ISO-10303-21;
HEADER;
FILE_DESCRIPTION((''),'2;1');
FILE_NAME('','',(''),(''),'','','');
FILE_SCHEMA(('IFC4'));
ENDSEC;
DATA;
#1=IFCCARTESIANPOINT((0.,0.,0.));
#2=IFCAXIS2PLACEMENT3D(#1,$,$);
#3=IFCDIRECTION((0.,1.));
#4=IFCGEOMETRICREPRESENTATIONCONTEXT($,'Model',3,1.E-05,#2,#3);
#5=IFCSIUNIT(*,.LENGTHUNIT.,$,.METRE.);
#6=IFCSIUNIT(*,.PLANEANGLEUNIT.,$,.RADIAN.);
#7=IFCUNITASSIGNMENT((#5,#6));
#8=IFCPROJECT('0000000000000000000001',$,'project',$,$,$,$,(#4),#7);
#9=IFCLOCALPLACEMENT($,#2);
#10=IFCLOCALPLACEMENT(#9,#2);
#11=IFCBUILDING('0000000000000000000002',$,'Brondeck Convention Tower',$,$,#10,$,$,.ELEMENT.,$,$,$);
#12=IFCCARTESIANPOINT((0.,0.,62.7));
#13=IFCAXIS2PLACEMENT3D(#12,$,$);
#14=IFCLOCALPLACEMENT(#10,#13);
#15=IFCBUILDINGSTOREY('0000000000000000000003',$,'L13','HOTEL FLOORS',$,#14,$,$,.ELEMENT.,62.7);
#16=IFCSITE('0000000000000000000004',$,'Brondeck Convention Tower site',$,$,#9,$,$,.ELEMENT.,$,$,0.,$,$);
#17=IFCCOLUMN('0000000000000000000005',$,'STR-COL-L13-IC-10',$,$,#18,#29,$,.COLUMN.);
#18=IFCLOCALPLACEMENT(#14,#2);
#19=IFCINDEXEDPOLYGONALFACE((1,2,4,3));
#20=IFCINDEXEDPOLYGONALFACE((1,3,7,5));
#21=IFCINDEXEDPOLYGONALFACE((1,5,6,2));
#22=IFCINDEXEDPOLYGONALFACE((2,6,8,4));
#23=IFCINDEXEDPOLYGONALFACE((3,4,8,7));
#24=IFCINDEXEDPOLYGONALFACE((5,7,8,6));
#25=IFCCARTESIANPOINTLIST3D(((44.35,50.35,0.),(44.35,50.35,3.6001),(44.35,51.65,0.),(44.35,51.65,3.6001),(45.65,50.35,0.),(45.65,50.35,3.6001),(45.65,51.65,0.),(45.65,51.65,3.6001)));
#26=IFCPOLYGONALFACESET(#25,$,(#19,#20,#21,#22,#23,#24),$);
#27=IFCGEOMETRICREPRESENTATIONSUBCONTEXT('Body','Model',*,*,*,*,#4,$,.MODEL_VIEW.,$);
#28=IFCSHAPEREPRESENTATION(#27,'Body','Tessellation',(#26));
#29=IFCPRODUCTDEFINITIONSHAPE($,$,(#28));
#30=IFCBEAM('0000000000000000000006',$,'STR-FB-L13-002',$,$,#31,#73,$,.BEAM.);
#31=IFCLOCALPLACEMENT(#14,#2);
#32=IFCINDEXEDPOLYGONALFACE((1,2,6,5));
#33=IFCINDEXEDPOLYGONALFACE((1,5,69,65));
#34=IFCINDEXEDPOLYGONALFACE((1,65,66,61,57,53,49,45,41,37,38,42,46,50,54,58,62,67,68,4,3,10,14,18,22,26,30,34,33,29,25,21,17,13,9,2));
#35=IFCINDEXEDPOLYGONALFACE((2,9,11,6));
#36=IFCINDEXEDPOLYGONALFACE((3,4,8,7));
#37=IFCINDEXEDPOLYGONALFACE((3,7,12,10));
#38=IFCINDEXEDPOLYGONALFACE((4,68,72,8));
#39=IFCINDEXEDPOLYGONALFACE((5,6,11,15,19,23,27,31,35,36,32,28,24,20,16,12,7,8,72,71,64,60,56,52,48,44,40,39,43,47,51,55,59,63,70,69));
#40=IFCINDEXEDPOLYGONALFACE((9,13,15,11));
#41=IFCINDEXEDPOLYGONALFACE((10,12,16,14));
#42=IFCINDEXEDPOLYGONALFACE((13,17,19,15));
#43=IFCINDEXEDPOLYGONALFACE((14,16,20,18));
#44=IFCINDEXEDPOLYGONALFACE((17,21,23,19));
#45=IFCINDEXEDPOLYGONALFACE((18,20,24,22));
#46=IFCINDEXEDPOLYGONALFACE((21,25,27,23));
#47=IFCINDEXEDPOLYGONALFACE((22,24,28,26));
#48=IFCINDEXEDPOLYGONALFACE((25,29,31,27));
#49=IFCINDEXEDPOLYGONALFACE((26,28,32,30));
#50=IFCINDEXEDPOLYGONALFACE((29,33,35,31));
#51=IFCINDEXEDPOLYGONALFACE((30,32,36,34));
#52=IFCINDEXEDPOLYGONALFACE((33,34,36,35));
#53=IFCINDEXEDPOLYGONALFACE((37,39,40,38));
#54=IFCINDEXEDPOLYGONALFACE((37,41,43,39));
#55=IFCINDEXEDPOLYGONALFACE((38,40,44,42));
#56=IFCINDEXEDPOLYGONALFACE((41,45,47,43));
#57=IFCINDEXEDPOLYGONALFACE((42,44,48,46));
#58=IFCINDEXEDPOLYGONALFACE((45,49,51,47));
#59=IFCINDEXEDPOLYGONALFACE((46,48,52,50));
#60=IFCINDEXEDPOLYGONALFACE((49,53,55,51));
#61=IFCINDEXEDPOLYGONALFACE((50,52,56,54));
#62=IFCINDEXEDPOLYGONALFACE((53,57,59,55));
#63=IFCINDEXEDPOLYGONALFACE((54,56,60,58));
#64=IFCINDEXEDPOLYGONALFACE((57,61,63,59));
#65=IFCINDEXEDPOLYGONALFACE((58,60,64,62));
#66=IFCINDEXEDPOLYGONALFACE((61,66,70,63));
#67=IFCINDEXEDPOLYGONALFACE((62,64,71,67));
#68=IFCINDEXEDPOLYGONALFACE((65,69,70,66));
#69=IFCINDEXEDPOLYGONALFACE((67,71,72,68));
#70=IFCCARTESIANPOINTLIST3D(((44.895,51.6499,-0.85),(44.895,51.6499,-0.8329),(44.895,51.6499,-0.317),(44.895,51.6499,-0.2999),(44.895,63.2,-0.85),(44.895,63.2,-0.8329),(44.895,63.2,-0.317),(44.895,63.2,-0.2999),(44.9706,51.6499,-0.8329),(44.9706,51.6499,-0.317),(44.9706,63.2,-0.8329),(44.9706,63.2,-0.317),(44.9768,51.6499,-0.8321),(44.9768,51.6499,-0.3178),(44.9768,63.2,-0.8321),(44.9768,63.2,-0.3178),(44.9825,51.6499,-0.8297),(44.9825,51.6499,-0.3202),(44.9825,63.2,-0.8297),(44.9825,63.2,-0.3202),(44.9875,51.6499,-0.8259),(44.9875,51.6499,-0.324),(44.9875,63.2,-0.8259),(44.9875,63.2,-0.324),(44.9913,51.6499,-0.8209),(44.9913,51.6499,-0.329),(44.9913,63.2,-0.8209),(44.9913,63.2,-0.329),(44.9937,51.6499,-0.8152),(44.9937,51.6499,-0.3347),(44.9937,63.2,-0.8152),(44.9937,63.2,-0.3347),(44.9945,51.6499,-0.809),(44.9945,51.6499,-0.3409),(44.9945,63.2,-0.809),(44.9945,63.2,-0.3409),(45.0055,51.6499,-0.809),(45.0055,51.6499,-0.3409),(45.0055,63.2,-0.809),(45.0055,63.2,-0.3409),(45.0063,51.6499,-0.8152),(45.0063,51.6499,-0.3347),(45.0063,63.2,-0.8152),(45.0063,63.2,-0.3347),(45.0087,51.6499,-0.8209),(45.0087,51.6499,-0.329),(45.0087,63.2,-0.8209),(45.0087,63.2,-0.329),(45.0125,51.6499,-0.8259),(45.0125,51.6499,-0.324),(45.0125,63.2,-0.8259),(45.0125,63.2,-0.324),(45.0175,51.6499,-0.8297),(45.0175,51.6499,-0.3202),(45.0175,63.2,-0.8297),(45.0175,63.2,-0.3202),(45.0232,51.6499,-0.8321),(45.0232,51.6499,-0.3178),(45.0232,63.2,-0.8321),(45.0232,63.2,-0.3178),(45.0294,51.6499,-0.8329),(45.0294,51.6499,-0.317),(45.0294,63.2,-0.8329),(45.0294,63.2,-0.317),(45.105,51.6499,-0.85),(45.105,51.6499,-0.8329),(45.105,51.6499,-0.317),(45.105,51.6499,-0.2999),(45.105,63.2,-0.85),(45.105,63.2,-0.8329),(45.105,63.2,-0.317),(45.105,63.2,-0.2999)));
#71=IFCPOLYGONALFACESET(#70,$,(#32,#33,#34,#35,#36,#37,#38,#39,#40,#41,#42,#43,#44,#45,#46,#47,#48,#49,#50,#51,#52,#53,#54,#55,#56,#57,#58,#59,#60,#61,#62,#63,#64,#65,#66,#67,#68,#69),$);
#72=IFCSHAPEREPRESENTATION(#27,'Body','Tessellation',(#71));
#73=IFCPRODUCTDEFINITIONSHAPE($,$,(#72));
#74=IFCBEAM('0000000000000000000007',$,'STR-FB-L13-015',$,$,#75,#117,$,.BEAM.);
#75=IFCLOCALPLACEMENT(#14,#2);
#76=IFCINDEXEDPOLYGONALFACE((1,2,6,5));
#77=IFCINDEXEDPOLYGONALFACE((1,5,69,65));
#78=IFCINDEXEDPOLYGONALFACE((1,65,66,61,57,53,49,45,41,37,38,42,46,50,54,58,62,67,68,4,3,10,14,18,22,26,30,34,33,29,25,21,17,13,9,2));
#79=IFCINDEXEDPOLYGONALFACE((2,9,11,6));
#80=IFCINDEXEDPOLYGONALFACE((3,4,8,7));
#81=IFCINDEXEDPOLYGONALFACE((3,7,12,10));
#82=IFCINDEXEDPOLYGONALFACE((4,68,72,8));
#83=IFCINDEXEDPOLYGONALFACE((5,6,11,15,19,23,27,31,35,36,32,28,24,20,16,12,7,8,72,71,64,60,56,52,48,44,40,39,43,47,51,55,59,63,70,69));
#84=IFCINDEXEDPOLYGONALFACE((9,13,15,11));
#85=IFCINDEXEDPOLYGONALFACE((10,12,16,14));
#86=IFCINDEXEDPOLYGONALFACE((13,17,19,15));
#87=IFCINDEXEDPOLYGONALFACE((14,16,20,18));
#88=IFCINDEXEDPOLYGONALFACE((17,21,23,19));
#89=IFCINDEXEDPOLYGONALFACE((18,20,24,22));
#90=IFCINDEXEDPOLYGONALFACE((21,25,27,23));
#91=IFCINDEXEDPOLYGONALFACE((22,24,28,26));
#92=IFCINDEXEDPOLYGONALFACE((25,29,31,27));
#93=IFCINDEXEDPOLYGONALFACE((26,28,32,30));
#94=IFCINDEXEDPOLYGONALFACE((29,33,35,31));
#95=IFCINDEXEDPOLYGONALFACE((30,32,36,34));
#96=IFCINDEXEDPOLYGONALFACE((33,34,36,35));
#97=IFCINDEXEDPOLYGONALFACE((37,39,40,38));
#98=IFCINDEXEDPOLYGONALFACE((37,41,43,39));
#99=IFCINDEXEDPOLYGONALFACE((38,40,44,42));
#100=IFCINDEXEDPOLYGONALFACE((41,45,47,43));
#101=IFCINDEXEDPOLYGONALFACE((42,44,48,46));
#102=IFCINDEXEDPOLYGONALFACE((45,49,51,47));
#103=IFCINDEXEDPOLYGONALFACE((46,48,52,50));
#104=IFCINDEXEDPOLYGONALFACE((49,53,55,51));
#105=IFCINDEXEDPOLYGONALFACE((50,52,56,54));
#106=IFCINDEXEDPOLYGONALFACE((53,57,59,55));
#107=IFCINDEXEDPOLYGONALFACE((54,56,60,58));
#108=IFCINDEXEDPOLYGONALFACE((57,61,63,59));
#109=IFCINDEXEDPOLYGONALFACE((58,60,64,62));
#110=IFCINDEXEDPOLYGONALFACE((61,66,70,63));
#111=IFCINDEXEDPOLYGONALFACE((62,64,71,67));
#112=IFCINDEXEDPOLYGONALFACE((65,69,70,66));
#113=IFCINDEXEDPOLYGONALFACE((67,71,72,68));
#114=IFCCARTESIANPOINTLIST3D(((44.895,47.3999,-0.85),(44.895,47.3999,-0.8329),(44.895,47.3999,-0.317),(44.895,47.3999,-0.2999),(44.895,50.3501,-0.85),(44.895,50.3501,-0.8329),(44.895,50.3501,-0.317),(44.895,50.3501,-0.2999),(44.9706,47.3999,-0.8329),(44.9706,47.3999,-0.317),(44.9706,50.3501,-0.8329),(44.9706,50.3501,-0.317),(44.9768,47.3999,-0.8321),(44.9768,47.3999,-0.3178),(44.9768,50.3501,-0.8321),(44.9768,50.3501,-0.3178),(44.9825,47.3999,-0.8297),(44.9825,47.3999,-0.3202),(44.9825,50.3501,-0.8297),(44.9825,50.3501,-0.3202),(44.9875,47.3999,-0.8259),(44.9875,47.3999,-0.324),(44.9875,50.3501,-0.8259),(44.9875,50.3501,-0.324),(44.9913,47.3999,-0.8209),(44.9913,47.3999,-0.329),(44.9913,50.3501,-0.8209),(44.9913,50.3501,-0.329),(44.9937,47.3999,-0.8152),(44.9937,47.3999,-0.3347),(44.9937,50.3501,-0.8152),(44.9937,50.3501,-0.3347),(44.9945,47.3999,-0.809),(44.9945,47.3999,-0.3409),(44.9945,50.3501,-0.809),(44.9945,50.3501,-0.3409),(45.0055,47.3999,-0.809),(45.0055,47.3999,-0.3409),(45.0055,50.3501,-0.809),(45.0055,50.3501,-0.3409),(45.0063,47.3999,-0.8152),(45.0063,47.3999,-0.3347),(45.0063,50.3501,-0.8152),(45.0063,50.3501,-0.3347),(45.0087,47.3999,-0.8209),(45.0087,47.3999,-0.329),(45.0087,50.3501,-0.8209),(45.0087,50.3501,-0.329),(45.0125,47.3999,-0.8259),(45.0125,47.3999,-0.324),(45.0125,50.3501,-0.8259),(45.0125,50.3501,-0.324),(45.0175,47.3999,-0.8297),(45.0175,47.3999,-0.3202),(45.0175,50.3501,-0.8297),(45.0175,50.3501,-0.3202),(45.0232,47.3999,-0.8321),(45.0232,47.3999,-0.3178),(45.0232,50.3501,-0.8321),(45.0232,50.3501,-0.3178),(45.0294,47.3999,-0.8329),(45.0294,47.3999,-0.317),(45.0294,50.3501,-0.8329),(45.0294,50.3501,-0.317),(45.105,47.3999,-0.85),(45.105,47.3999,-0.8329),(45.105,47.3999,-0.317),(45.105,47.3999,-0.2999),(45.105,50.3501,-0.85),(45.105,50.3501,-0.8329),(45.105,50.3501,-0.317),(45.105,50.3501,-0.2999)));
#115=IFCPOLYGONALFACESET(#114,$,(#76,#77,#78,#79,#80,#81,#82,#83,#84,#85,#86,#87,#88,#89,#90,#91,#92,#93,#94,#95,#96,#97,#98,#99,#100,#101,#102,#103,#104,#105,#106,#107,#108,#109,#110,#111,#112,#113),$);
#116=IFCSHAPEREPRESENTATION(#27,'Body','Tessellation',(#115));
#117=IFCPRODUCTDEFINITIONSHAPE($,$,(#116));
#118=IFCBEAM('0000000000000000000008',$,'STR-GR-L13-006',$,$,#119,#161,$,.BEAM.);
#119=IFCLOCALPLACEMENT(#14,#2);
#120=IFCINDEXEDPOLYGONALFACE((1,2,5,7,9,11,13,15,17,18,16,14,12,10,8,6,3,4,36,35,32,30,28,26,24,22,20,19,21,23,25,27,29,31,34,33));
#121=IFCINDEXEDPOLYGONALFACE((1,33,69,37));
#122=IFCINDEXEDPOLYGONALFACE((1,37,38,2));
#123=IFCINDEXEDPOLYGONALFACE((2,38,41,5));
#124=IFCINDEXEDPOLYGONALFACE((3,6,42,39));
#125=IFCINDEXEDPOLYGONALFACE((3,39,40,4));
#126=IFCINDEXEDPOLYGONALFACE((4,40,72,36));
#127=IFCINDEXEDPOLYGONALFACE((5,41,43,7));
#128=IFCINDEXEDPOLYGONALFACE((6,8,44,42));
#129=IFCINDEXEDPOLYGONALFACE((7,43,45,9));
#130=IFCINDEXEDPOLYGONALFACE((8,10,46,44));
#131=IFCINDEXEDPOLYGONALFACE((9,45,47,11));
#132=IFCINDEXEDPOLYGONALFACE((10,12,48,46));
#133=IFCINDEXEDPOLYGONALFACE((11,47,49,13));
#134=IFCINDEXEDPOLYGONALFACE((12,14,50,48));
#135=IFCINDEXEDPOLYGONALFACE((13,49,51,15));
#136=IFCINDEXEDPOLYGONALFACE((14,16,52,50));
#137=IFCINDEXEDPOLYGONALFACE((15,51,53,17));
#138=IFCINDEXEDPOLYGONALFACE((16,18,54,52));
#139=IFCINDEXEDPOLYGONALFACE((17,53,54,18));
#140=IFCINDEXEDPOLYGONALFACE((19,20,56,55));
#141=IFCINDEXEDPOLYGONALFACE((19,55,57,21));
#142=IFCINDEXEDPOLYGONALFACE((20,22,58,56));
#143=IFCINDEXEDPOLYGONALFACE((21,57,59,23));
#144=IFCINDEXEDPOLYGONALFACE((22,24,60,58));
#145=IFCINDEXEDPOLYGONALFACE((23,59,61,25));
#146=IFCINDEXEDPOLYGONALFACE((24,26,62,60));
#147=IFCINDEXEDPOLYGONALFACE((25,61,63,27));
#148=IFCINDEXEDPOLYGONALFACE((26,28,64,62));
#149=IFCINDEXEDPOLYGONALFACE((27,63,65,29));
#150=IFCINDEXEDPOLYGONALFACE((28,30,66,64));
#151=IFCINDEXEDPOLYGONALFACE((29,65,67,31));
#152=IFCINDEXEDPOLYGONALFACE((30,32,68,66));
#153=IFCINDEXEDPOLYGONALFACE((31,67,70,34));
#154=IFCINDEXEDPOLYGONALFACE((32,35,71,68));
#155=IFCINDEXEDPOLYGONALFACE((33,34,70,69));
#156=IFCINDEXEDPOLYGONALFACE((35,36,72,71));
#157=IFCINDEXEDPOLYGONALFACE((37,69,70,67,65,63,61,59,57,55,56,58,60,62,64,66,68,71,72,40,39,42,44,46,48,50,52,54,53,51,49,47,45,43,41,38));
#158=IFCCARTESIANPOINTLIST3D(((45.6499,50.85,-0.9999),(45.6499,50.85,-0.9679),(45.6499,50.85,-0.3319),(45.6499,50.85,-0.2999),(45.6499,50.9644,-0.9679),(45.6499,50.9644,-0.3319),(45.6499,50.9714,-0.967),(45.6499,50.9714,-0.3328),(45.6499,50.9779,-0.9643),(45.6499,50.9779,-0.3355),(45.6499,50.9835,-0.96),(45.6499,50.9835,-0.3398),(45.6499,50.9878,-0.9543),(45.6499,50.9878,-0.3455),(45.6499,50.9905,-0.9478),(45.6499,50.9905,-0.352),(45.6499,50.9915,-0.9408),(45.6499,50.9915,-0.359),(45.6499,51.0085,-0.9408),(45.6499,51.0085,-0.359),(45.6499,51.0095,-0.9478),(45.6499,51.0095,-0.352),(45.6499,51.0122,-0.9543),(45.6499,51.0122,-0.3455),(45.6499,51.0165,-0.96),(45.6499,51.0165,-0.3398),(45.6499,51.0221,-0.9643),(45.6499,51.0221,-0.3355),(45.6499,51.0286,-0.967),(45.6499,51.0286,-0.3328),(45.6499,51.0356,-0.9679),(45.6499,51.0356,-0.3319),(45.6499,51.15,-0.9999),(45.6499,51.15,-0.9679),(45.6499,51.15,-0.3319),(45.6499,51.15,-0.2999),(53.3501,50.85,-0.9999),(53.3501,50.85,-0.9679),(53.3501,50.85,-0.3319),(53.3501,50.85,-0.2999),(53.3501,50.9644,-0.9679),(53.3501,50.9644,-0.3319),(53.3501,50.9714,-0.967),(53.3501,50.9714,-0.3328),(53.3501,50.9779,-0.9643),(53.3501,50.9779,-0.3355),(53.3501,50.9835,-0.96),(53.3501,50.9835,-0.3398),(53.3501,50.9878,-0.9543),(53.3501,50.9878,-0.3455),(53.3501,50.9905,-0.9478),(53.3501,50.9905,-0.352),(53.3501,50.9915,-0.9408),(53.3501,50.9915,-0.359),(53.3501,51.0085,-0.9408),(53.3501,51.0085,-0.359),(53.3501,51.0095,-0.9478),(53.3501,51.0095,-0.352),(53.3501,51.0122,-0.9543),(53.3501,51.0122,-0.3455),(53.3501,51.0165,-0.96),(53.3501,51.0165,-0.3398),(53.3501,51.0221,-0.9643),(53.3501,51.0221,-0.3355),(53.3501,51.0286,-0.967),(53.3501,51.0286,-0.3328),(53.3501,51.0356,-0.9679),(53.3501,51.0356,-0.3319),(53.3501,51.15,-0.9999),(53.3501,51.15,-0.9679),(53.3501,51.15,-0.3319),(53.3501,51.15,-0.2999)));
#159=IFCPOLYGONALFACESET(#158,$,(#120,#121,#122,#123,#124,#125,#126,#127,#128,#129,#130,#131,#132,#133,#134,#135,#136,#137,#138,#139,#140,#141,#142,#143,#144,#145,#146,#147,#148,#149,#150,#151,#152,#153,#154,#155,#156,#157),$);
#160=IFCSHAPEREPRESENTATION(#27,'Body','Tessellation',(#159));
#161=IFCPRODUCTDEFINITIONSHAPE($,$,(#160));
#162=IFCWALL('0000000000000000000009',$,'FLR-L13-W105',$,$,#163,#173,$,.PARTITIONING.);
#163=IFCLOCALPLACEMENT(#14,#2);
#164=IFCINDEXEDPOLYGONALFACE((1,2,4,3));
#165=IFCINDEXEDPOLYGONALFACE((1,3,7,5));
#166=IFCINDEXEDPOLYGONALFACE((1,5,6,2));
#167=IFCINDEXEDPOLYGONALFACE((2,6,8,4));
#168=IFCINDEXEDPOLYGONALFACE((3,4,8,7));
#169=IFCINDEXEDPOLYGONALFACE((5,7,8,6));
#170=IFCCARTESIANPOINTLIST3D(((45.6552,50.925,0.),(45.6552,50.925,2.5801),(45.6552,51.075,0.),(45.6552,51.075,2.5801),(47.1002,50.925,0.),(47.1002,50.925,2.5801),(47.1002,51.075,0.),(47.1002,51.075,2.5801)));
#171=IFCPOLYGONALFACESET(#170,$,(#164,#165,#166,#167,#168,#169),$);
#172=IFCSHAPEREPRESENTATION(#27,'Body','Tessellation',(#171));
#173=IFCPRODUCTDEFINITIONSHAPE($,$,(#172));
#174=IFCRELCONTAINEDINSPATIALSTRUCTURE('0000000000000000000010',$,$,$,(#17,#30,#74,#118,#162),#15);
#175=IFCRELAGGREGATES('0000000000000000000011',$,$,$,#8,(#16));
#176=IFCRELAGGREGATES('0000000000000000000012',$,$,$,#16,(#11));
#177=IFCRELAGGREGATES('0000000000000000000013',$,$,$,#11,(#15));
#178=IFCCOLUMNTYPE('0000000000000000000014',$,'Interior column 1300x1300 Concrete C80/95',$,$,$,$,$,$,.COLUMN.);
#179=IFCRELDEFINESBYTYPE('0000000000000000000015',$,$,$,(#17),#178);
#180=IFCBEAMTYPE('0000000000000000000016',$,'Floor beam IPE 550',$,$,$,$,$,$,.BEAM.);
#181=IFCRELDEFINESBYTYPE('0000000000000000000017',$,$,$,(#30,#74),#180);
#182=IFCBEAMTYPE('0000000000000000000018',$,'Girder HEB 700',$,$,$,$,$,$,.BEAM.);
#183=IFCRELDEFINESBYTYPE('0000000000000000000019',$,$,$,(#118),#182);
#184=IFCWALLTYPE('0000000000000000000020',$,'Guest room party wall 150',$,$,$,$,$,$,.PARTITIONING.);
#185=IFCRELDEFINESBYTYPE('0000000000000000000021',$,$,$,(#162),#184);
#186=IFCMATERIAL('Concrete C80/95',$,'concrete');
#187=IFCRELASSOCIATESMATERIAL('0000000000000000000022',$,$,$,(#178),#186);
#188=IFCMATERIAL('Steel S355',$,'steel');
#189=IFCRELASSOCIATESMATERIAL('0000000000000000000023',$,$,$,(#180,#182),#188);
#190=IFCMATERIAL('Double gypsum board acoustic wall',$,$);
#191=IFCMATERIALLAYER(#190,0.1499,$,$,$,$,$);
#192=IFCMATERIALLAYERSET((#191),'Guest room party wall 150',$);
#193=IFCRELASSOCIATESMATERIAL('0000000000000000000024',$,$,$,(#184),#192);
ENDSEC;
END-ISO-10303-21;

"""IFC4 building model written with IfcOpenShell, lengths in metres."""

from ifc_helpers import new_model, si_unit, direction, frame, frame_2d, origin, origin_2d, place, context, subcontext, project, spatial, rectangle, i_section, extrude, material, layer, layer_set, material_profile, profile_set, type_object, element, save


model = new_model("IFC4")

# Units and contexts
model_context = context("Model", 3, precision=1e-05, world=origin(), true_north=direction((0.0, 1.0)))
body_context = subcontext(model_context, "Body", "Model", "MODEL_VIEW")
ifc_project = project(units=[si_unit("LENGTHUNIT", "METRE"), si_unit("PLANEANGLEUNIT", "RADIAN")], contexts=[model_context])

# Site, building, storey
site_placement = place(None, origin())
site = spatial("IfcSite", under=ifc_project, at=site_placement, Name="Brondeck Convention Tower site", CompositionType="ELEMENT", RefElevation=0.0)
building_placement = place(site_placement, origin())
building = spatial("IfcBuilding", under=site, at=building_placement, Name="Brondeck Convention Tower", CompositionType="ELEMENT")
storey_placement = place(building_placement, frame((0.0, 0.0, 62.7)))
storey = spatial("IfcBuildingStorey", under=building, at=storey_placement, Name="L13", Description="HOTEL FLOORS", CompositionType="ELEMENT", Elevation=62.7)

# Column
ifc_material_1 = material(Name="Concrete C80/95", Category="concrete")
ifc_material_profile_1 = material_profile(ifc_material_1, rectangle(XDim=1.3, YDim=1.3, at=origin_2d()), Name="Interior column 1300x1300 Concrete C80/95")
ifc_profile_set_1 = profile_set([ifc_material_profile_1], Name="Concrete C80/95")
column_type = type_object("IfcColumnType", Name="Interior column 1300x1300 Concrete C80/95", PredefinedType="COLUMN", material=ifc_profile_set_1)
column_placement = place(storey_placement, frame((45.0, 51.0, 0.0), z_axis=(0.0, 0.0, 1.0), x_axis=(1.0, 0.0, 0.0)))
element("IfcColumn", 1, at=column_placement, inside=storey, type_object=column_type, Name="STR-COL-L13-IC-10", PredefinedType="COLUMN", context=body_context, shape_type="SweptSolid", body=[
    extrude(rectangle(XDim=1.3, YDim=1.3, at=origin_2d()), origin(), (0.0, 0.0, 1.0), 3.6001),
])

# Beams
ifc_material_2 = material(Name="Steel S355", Category="steel")
ifc_material_profile_2 = material_profile(ifc_material_2, i_section(OverallWidth=0.21, OverallDepth=0.55, WebThickness=0.011, FlangeThickness=0.0171, FilletRadius=0.0239, at=origin_2d()), Name="IPE 550")
ifc_profile_set_2 = profile_set([ifc_material_profile_2], Name="Steel S355")
beam_type_1 = type_object("IfcBeamType", Name="Floor beam IPE 550", PredefinedType="BEAM", material=ifc_profile_set_2)
beam_1_placement = place(storey_placement, frame((45.0, 51.6499, -0.575), z_axis=(0.0, 1.0, 0.0), x_axis=(-1.0, 0.0, 0.0)))
element("IfcBeam", 2, at=beam_1_placement, inside=storey, type_object=beam_type_1, Name="STR-FB-L13-002", PredefinedType="BEAM", context=body_context, shape_type="SweptSolid", body=[
    extrude(i_section(OverallWidth=0.21, OverallDepth=0.55, WebThickness=0.011, FlangeThickness=0.0171, FilletRadius=0.0239, at=origin_2d()), origin(), (0.0, 0.0, 1.0), 11.55),
])
beam_2_placement = place(storey_placement, frame((45.0, 47.3999, -0.575), z_axis=(0.0, 1.0, 0.0), x_axis=(-1.0, 0.0, 0.0)))
element("IfcBeam", 3, at=beam_2_placement, inside=storey, type_object=beam_type_1, Name="STR-FB-L13-015", PredefinedType="BEAM", context=body_context, shape_type="SweptSolid", body=[
    extrude(i_section(OverallWidth=0.21, OverallDepth=0.55, WebThickness=0.011, FlangeThickness=0.0171, FilletRadius=0.0239, at=origin_2d()), origin(), (0.0, 0.0, 1.0), 2.9502),
])
ifc_material_profile_3 = material_profile(ifc_material_2, i_section(OverallWidth=0.3, OverallDepth=0.7, WebThickness=0.0171, FlangeThickness=0.032, FilletRadius=0.0271, at=origin_2d()), Name="HEB 700")
ifc_profile_set_3 = profile_set([ifc_material_profile_3], Name="Steel S355")
beam_type_2 = type_object("IfcBeamType", Name="Girder HEB 700", PredefinedType="BEAM", material=ifc_profile_set_3)
beam_3_placement = place(storey_placement, frame((45.6499, 51.0, -0.6499), z_axis=(1.0, 0.0, 0.0), x_axis=(0.0, 1.0, 0.0)))
element("IfcBeam", 4, at=beam_3_placement, inside=storey, type_object=beam_type_2, Name="STR-GR-L13-006", PredefinedType="BEAM", context=body_context, shape_type="SweptSolid", body=[
    extrude(i_section(OverallWidth=0.3, OverallDepth=0.7, WebThickness=0.0171, FlangeThickness=0.032, FilletRadius=0.0271, at=origin_2d()), origin(), (0.0, 0.0, 1.0), 7.7002),
])

# Wall
ifc_material_3 = material(Name="Double gypsum board acoustic wall")
ifc_layer_1 = layer(ifc_material_3, 0.1499)
ifc_layer_set_1 = layer_set([ifc_layer_1], Name="Guest room party wall 150")
wall_type_1 = type_object("IfcWallType", Name="Guest room party wall 150", PredefinedType="PARTITIONING", material=ifc_layer_set_1)
wall_1_placement = place(storey_placement, frame((45.655, 51.0, 0.0), z_axis=(0.0, 0.0, 1.0), x_axis=(1.0, 0.0, 0.0)))
element("IfcWall", 5, at=wall_1_placement, inside=storey, type_object=wall_type_1, Name="FLR-L13-W105", PredefinedType="PARTITIONING", context=body_context, shape_type="SweptSolid", body=[
    extrude(rectangle(XDim=1.4451, YDim=0.1499, at=frame_2d((0.7227, 0.0))), origin(), (0.0, 0.0, 1.0), 2.5801),
])

save(model, "model.ifc")
